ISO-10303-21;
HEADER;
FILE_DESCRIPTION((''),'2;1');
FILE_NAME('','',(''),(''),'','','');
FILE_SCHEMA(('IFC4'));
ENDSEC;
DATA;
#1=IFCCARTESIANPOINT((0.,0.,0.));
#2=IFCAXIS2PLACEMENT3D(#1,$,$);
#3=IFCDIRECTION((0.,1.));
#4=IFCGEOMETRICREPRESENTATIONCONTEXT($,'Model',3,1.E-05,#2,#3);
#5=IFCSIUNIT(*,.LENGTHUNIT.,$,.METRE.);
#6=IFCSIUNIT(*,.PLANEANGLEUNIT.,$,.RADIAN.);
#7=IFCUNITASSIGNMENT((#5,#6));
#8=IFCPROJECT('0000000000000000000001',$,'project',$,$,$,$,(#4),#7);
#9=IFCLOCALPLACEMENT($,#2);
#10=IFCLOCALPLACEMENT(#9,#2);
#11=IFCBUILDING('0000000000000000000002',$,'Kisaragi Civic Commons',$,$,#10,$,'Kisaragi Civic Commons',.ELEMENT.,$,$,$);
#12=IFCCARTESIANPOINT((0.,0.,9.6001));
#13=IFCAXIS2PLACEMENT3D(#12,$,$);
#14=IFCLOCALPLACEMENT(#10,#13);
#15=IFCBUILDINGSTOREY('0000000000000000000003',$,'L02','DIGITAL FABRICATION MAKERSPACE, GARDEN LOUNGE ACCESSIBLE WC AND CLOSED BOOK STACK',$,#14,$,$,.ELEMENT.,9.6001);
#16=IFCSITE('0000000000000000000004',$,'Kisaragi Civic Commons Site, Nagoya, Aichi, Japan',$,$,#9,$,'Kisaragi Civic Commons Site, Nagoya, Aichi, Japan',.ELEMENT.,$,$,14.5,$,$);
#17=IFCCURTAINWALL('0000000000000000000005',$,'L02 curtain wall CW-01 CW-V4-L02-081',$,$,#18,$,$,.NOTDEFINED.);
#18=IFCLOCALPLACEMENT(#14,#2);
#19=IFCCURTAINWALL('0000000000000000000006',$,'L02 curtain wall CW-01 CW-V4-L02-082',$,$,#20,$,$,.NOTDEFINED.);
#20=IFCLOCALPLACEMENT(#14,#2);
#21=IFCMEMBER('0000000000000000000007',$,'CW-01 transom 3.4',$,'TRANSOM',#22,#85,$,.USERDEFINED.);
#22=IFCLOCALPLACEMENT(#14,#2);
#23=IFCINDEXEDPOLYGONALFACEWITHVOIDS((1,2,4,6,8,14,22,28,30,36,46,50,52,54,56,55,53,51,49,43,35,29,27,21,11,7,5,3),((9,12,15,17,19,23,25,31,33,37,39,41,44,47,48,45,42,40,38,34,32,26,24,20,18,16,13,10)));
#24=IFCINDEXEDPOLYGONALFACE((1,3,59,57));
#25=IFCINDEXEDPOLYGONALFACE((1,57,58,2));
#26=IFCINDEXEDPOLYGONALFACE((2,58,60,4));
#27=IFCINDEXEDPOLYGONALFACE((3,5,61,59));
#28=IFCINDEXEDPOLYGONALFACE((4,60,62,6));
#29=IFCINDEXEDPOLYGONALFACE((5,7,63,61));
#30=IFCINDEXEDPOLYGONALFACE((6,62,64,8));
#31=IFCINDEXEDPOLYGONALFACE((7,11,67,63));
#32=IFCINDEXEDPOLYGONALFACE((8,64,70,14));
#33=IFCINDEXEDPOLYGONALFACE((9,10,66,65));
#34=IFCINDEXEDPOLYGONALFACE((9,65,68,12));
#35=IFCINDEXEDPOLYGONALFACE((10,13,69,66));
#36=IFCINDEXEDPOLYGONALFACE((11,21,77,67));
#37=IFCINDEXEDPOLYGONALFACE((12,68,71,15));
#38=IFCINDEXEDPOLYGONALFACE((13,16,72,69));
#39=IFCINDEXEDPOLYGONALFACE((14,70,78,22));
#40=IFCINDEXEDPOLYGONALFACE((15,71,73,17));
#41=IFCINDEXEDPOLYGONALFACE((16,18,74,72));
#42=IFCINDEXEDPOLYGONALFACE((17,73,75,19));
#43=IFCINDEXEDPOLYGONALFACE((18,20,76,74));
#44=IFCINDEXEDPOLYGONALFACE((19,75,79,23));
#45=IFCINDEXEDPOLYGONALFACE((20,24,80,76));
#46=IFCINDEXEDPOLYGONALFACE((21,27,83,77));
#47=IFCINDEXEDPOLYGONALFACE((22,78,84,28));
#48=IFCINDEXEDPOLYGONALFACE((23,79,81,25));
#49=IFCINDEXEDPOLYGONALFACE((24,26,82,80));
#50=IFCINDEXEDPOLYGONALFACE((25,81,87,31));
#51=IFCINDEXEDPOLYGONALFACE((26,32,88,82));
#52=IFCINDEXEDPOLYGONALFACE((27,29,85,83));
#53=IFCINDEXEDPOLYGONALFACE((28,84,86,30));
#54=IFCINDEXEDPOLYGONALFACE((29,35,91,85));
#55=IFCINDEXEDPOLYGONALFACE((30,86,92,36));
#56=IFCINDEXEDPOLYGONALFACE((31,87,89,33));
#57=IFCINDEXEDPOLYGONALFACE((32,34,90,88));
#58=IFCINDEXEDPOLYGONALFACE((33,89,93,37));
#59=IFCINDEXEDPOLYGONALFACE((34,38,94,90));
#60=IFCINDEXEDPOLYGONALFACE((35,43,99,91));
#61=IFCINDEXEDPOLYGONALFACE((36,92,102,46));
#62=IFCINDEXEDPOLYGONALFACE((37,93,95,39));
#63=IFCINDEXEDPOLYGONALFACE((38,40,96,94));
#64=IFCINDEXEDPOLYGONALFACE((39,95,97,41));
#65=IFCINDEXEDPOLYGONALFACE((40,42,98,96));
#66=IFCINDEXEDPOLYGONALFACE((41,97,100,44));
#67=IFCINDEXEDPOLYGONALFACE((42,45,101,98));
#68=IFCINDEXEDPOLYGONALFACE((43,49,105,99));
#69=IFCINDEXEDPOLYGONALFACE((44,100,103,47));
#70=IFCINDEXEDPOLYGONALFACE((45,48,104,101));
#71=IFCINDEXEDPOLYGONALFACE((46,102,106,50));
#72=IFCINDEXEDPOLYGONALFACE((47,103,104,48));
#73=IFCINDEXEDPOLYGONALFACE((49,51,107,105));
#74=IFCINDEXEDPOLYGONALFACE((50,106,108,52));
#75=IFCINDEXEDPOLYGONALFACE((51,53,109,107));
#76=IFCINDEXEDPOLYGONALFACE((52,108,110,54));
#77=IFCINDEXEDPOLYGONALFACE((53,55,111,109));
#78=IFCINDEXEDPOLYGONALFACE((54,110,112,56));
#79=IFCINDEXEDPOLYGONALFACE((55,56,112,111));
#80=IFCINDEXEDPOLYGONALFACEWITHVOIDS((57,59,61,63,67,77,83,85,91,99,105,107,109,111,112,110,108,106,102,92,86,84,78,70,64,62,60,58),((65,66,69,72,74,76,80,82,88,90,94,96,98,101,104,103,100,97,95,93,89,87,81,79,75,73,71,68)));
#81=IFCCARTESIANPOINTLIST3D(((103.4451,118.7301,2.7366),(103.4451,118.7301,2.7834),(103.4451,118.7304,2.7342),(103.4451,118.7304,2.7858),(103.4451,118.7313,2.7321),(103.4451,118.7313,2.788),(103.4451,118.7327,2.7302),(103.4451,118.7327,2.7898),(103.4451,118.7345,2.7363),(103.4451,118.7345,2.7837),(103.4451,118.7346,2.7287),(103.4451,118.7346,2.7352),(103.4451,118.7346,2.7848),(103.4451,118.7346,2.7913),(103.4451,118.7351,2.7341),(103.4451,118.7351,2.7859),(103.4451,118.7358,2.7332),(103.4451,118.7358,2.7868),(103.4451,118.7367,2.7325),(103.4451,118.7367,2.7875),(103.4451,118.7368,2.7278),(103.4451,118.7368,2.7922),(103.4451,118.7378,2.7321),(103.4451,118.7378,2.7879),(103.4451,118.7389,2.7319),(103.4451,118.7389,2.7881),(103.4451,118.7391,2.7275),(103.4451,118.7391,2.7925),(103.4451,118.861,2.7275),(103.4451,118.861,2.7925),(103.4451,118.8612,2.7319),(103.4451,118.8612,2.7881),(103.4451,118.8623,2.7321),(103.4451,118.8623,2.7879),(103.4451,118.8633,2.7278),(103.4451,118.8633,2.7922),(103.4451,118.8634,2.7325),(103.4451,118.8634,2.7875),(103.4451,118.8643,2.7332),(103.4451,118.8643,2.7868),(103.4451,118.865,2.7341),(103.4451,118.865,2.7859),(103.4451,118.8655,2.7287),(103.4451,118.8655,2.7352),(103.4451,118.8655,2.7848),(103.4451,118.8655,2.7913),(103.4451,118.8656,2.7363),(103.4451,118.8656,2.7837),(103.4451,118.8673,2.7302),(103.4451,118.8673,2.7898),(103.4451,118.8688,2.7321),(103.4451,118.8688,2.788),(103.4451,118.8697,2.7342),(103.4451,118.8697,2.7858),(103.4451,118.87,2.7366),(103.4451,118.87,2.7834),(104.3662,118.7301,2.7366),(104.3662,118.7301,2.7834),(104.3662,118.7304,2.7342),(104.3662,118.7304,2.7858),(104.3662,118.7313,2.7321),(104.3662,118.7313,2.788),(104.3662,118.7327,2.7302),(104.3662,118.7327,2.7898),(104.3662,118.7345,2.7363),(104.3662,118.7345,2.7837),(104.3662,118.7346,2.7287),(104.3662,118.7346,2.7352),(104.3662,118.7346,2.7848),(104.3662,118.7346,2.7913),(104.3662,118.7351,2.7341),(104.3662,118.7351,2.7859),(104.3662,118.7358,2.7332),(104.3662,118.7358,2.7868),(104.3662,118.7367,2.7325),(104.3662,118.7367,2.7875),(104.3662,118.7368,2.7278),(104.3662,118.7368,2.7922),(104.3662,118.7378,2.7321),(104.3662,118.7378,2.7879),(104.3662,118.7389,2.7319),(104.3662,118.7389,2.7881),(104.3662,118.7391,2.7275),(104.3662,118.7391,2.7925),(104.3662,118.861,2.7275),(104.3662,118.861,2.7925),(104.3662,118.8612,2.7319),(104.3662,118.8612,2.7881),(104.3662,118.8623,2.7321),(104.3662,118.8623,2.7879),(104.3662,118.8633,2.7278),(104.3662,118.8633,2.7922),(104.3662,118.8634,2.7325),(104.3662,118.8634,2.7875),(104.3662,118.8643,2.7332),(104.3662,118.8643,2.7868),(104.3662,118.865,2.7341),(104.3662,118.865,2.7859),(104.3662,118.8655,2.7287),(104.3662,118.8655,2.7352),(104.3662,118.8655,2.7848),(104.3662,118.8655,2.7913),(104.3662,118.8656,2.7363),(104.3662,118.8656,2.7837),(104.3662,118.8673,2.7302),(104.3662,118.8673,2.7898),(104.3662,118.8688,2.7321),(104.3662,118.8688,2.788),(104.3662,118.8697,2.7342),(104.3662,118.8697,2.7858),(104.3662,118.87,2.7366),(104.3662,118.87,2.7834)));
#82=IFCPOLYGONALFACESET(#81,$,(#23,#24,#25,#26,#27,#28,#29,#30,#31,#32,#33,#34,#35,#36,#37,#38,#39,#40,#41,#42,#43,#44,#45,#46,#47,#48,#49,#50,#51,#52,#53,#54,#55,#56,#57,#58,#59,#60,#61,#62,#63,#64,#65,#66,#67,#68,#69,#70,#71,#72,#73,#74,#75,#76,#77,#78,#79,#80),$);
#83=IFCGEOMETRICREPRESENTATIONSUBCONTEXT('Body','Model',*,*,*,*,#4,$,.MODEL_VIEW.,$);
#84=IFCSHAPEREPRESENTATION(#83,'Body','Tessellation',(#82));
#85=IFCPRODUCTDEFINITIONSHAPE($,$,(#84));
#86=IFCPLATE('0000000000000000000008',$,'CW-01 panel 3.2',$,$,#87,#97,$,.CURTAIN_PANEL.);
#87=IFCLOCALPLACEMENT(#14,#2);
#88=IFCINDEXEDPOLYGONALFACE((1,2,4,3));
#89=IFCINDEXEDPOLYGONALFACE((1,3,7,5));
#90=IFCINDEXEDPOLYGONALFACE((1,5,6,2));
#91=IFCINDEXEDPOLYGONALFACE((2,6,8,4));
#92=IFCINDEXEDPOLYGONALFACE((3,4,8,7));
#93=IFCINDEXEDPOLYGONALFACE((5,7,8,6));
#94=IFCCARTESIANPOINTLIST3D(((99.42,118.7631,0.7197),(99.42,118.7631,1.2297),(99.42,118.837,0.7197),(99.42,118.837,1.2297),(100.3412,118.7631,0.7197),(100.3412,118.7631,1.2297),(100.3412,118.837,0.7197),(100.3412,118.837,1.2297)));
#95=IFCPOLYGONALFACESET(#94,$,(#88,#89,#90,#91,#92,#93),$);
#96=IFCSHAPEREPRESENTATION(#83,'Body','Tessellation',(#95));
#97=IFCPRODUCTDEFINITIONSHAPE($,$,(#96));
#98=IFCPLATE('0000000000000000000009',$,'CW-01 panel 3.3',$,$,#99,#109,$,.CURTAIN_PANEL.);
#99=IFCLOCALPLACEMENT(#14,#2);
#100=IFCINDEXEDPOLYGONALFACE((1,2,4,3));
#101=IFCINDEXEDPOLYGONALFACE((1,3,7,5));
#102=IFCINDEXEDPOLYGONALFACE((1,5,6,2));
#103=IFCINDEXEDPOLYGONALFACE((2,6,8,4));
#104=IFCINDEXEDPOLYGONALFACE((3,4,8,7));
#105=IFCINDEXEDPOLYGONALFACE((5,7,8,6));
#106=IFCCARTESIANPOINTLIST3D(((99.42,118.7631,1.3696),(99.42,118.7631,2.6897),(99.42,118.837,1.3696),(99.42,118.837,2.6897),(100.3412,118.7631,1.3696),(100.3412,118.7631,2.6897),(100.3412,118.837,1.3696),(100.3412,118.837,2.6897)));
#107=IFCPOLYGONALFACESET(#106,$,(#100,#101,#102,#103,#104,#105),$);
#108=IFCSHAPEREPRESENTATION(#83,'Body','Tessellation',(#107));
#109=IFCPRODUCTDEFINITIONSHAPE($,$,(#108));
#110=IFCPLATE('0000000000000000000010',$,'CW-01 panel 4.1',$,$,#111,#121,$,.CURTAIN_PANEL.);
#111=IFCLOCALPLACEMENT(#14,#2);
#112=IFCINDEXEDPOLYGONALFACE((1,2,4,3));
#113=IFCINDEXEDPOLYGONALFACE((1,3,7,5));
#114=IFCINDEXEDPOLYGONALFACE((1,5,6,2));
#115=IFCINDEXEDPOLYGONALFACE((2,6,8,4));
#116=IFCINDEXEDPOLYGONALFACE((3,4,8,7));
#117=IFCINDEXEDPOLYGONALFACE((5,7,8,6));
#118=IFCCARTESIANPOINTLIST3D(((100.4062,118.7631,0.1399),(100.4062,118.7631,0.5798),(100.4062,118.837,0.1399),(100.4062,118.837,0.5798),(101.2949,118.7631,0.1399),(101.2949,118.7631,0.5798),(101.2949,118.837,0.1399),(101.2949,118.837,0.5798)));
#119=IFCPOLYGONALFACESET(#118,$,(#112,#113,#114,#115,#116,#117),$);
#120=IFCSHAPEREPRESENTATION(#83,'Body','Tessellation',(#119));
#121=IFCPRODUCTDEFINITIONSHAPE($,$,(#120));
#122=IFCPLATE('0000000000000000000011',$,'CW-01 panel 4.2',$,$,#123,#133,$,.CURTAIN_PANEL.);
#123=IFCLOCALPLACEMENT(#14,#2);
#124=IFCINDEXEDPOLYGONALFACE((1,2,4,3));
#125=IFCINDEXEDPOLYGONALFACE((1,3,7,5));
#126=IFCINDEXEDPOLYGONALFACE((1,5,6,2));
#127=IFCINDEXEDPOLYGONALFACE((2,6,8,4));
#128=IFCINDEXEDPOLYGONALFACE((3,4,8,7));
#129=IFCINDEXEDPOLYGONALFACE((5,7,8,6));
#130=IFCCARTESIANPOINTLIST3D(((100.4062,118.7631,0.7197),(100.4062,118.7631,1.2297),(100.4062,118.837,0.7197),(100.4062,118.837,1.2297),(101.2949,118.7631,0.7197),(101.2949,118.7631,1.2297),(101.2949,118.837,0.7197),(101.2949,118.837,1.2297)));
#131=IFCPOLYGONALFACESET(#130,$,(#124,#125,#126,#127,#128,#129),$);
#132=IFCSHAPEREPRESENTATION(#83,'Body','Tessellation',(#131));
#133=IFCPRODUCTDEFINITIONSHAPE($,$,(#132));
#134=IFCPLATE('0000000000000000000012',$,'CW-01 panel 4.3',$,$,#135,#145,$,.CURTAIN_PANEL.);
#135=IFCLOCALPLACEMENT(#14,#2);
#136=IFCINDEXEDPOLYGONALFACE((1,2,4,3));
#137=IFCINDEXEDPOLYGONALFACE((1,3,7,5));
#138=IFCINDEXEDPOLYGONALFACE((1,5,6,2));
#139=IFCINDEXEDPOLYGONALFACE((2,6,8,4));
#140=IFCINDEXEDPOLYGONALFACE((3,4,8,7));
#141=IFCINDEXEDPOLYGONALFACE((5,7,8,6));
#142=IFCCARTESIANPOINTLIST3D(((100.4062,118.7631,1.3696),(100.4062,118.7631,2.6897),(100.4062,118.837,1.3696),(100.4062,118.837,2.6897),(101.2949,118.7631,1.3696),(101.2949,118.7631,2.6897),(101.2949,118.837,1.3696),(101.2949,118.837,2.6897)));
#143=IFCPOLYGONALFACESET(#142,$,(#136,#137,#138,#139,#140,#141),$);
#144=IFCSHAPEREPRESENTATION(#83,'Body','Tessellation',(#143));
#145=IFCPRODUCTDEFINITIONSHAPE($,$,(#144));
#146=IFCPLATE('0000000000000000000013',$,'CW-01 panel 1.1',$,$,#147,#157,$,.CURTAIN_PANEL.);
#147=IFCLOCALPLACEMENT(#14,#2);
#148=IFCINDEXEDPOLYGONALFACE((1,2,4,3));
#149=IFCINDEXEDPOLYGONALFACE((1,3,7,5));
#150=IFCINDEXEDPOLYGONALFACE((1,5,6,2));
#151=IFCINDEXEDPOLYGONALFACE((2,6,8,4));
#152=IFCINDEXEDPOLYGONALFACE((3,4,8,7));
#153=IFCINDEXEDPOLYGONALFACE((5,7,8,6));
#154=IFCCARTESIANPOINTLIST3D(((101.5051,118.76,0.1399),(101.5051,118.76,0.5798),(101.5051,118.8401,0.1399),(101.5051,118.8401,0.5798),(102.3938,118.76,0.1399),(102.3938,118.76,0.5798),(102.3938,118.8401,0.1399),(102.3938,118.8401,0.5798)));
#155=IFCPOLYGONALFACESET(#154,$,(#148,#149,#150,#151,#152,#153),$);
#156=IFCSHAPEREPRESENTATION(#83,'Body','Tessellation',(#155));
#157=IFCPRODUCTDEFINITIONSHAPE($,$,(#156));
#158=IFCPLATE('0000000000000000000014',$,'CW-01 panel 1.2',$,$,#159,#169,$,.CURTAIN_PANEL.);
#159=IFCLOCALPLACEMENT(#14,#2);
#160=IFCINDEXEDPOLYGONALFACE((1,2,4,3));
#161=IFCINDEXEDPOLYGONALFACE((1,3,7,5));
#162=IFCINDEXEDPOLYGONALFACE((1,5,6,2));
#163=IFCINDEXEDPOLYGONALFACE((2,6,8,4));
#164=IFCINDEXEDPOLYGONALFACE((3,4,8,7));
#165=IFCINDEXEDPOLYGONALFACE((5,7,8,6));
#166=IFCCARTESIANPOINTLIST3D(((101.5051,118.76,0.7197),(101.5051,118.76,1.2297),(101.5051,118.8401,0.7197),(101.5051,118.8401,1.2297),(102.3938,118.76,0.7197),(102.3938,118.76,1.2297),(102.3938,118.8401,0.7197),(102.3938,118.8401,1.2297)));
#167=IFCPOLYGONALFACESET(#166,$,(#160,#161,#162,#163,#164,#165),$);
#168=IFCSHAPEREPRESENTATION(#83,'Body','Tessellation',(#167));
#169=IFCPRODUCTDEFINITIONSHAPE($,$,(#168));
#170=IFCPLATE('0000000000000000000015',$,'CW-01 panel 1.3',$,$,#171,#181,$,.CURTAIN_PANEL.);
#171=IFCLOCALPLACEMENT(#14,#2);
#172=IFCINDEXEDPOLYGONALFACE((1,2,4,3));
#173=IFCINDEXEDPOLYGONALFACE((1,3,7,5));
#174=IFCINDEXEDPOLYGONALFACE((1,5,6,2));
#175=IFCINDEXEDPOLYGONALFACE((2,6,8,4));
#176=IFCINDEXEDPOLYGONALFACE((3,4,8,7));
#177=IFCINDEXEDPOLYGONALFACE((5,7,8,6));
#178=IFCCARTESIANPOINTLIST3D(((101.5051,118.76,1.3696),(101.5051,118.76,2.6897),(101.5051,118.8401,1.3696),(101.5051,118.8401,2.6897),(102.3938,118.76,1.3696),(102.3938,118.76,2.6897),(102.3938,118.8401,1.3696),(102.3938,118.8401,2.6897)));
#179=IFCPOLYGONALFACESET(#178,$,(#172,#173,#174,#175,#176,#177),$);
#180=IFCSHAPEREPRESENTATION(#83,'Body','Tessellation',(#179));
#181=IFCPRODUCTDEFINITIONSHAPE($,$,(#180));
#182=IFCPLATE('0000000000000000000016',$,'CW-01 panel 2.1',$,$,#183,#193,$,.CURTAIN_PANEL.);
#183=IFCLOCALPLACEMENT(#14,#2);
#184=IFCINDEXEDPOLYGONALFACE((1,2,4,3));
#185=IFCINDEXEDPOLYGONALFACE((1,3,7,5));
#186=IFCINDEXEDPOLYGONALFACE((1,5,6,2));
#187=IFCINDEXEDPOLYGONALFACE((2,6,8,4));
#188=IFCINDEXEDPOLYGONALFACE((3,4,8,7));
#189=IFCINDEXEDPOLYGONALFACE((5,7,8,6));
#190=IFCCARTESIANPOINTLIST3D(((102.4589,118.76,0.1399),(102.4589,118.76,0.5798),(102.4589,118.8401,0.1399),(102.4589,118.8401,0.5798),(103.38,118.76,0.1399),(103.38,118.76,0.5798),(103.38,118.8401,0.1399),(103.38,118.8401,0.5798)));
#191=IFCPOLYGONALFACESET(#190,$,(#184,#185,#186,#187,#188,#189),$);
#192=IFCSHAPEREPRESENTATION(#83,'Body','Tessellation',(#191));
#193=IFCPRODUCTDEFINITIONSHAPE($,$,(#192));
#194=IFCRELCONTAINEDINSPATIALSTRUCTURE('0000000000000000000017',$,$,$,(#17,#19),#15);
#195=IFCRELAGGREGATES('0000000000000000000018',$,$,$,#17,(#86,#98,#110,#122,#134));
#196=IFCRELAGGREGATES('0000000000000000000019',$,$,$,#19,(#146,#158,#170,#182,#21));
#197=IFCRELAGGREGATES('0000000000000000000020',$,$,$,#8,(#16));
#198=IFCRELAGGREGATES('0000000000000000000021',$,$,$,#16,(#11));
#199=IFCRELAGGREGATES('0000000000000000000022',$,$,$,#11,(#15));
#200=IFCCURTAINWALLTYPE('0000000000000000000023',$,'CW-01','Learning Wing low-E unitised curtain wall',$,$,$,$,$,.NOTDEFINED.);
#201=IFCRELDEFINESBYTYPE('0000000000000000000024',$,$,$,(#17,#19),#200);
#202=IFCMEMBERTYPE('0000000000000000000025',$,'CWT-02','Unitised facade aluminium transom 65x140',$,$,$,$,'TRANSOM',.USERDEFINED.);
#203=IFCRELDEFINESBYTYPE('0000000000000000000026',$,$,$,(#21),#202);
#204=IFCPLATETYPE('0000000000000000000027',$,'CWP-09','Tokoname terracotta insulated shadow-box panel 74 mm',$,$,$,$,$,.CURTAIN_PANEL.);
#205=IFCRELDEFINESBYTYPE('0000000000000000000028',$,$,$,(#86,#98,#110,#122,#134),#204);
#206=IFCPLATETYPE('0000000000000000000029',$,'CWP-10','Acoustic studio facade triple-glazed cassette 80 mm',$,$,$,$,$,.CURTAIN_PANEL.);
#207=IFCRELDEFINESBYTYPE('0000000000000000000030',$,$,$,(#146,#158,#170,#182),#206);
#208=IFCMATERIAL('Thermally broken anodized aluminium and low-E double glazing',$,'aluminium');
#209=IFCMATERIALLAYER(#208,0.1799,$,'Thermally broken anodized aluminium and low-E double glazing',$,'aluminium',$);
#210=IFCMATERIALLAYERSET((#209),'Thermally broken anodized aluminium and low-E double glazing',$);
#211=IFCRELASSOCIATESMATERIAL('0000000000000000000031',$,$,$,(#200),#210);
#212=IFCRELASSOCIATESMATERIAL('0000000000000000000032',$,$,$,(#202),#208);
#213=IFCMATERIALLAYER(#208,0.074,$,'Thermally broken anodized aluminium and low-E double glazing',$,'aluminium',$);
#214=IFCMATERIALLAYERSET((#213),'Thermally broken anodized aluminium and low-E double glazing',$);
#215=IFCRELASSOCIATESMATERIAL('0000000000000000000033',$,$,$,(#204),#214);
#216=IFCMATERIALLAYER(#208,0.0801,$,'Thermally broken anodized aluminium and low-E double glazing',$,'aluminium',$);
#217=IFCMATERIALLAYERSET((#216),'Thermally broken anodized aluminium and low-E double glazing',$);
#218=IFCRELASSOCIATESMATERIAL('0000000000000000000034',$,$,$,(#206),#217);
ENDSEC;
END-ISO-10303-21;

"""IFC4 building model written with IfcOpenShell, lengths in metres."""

from ifc_helpers import new_model, si_unit, direction, frame, origin, origin_2d, place, context, subcontext, project, spatial, rectangle, hollow_rectangle, extrude, material, layer, layer_set, material_profile, profile_set, type_object, element, aggregate, save


model = new_model("IFC4")

# Units and contexts
model_context = context("Model", 3, precision=1e-05, world=origin(), true_north=direction((0.0, 1.0)))
body_context = subcontext(model_context, "Body", "Model", "MODEL_VIEW")
ifc_project = project(units=[si_unit("LENGTHUNIT", "METRE"), si_unit("PLANEANGLEUNIT", "RADIAN")], contexts=[model_context])

# Site, building, storey
site_placement = place(None, origin())
site = spatial("IfcSite", under=ifc_project, at=site_placement, Name="Kisaragi Civic Commons Site, Nagoya, Aichi, Japan", LongName="Kisaragi Civic Commons Site, Nagoya, Aichi, Japan", CompositionType="ELEMENT", RefElevation=14.5)
building_placement = place(site_placement, origin())
building = spatial("IfcBuilding", under=site, at=building_placement, Name="Kisaragi Civic Commons", LongName="Kisaragi Civic Commons", CompositionType="ELEMENT")
storey_placement = place(building_placement, frame((0.0, 0.0, 9.6001)))
storey = spatial("IfcBuildingStorey", under=building, at=storey_placement, Name="L02", Description="DIGITAL FABRICATION MAKERSPACE, GARDEN LOUNGE ACCESSIBLE WC AND CLOSED BOOK STACK", CompositionType="ELEMENT", Elevation=9.6001)

# Curtain walls
ifc_material = material(Name="Thermally broken anodized aluminium and low-E double glazing", Category="aluminium")
ifc_layer_1 = layer(ifc_material, 0.1799, Name="Thermally broken anodized aluminium and low-E double glazing", Category="aluminium")
ifc_layer_set_1 = layer_set([ifc_layer_1], Name="Thermally broken anodized aluminium and low-E double glazing")
curtain_wall_type = type_object("IfcCurtainWallType", Name="CW-01", Description="Learning Wing low-E unitised curtain wall", PredefinedType="NOTDEFINED", material=ifc_layer_set_1)
curtain_wall_1_placement = place(storey_placement, origin())
curtain_wall_1 = element("IfcCurtainWall", 1, at=curtain_wall_1_placement, inside=storey, type_object=curtain_wall_type, Name="L02 curtain wall CW-01 CW-V4-L02-081", PredefinedType="NOTDEFINED")
curtain_wall_2_placement = place(storey_placement, origin())
curtain_wall_2 = element("IfcCurtainWall", 2, at=curtain_wall_2_placement, inside=storey, type_object=curtain_wall_type, Name="L02 curtain wall CW-01 CW-V4-L02-082", PredefinedType="NOTDEFINED")

# Member
ifc_material_profile_1 = material_profile(ifc_material, hollow_rectangle(XDim=0.1399, YDim=0.0649, WallThickness=0.0044, InnerFilletRadius=0.0044, OuterFilletRadius=0.009, at=origin_2d()), Name="CWT-65x140x4.5", Category="aluminium")
ifc_profile_set_1 = profile_set([ifc_material_profile_1], Name="Thermally broken anodized aluminium and low-E double glazing")
member_type_1 = type_object("IfcMemberType", Name="CWT-02", Description="Unitised facade aluminium transom 65x140", ElementType="TRANSOM", PredefinedType="USERDEFINED", material=ifc_profile_set_1)
member_1_placement = place(storey_placement, frame((103.4451, 118.8, 2.76), z_axis=(1.0, 0.0, 0.0), x_axis=(0.0, 1.0, 0.0)))
member_1 = element("IfcMember", 3, at=member_1_placement, type_object=member_type_1, Name="CW-01 transom 3.4", ObjectType="TRANSOM", PredefinedType="USERDEFINED", context=body_context, shape_type="SweptSolid", body=[
    extrude(hollow_rectangle(XDim=0.1399, YDim=0.0649, WallThickness=0.0044, InnerFilletRadius=0.0044, OuterFilletRadius=0.009, at=origin_2d()), origin(), (0.0, 0.0, 1.0), 0.9211),
])

# Plates
ifc_layer_2 = layer(ifc_material, 0.074, Name="Thermally broken anodized aluminium and low-E double glazing", Category="aluminium")
ifc_layer_set_2 = layer_set([ifc_layer_2], Name="Thermally broken anodized aluminium and low-E double glazing")
plate_type_1 = type_object("IfcPlateType", Name="CWP-09", Description="Tokoname terracotta insulated shadow-box panel 74 mm", PredefinedType="CURTAIN_PANEL", material=ifc_layer_set_2)
plate_1_placement = place(storey_placement, frame((99.8806, 118.8, 0.7197), z_axis=(0.0, 0.0, 1.0), x_axis=(1.0, 0.0, 0.0)))
plate_1 = element("IfcPlate", 4, at=plate_1_placement, type_object=plate_type_1, Name="CW-01 panel 3.2", PredefinedType="CURTAIN_PANEL", context=body_context, shape_type="SweptSolid", body=[
    extrude(rectangle(XDim=0.9211, YDim=0.074, at=origin_2d()), origin(), (0.0, 0.0, 1.0), 0.51),
])
plate_2_placement = place(storey_placement, frame((99.8806, 118.8, 1.3696), z_axis=(0.0, 0.0, 1.0), x_axis=(1.0, 0.0, 0.0)))
plate_2 = element("IfcPlate", 5, at=plate_2_placement, type_object=plate_type_1, Name="CW-01 panel 3.3", PredefinedType="CURTAIN_PANEL", context=body_context, shape_type="SweptSolid", body=[
    extrude(rectangle(XDim=0.9211, YDim=0.074, at=origin_2d()), origin(), (0.0, 0.0, 1.0), 1.3201),
])
plate_3_placement = place(storey_placement, frame((100.8506, 118.8, 0.1399), z_axis=(0.0, 0.0, 1.0), x_axis=(1.0, 0.0, 0.0)))
plate_3 = element("IfcPlate", 6, at=plate_3_placement, type_object=plate_type_1, Name="CW-01 panel 4.1", PredefinedType="CURTAIN_PANEL", context=body_context, shape_type="SweptSolid", body=[
    extrude(rectangle(XDim=0.8887, YDim=0.074, at=origin_2d()), origin(), (0.0, 0.0, 1.0), 0.4399),
])
plate_4_placement = place(storey_placement, frame((100.8506, 118.8, 0.7197), z_axis=(0.0, 0.0, 1.0), x_axis=(1.0, 0.0, 0.0)))
plate_4 = element("IfcPlate", 7, at=plate_4_placement, type_object=plate_type_1, Name="CW-01 panel 4.2", PredefinedType="CURTAIN_PANEL", context=body_context, shape_type="SweptSolid", body=[
    extrude(rectangle(XDim=0.8887, YDim=0.074, at=origin_2d()), origin(), (0.0, 0.0, 1.0), 0.51),
])
plate_5_placement = place(storey_placement, frame((100.8506, 118.8, 1.3696), z_axis=(0.0, 0.0, 1.0), x_axis=(1.0, 0.0, 0.0)))
plate_5 = element("IfcPlate", 8, at=plate_5_placement, type_object=plate_type_1, Name="CW-01 panel 4.3", PredefinedType="CURTAIN_PANEL", context=body_context, shape_type="SweptSolid", body=[
    extrude(rectangle(XDim=0.8887, YDim=0.074, at=origin_2d()), origin(), (0.0, 0.0, 1.0), 1.3201),
])
aggregate(curtain_wall_1, [plate_1, plate_2, plate_3, plate_4, plate_5])
ifc_layer_3 = layer(ifc_material, 0.0801, Name="Thermally broken anodized aluminium and low-E double glazing", Category="aluminium")
ifc_layer_set_3 = layer_set([ifc_layer_3], Name="Thermally broken anodized aluminium and low-E double glazing")
plate_type_2 = type_object("IfcPlateType", Name="CWP-10", Description="Acoustic studio facade triple-glazed cassette 80 mm", PredefinedType="CURTAIN_PANEL", material=ifc_layer_set_3)
plate_6_placement = place(storey_placement, frame((101.9495, 118.8, 0.1399), z_axis=(0.0, 0.0, 1.0), x_axis=(1.0, 0.0, 0.0)))
plate_6 = element("IfcPlate", 9, at=plate_6_placement, type_object=plate_type_2, Name="CW-01 panel 1.1", PredefinedType="CURTAIN_PANEL", context=body_context, shape_type="SweptSolid", body=[
    extrude(rectangle(XDim=0.8887, YDim=0.0801, at=origin_2d()), origin(), (0.0, 0.0, 1.0), 0.4399),
])
plate_7_placement = place(storey_placement, frame((101.9495, 118.8, 0.7197), z_axis=(0.0, 0.0, 1.0), x_axis=(1.0, 0.0, 0.0)))
plate_7 = element("IfcPlate", 10, at=plate_7_placement, type_object=plate_type_2, Name="CW-01 panel 1.2", PredefinedType="CURTAIN_PANEL", context=body_context, shape_type="SweptSolid", body=[
    extrude(rectangle(XDim=0.8887, YDim=0.0801, at=origin_2d()), origin(), (0.0, 0.0, 1.0), 0.51),
])
plate_8_placement = place(storey_placement, frame((101.9495, 118.8, 1.3696), z_axis=(0.0, 0.0, 1.0), x_axis=(1.0, 0.0, 0.0)))
plate_8 = element("IfcPlate", 11, at=plate_8_placement, type_object=plate_type_2, Name="CW-01 panel 1.3", PredefinedType="CURTAIN_PANEL", context=body_context, shape_type="SweptSolid", body=[
    extrude(rectangle(XDim=0.8887, YDim=0.0801, at=origin_2d()), origin(), (0.0, 0.0, 1.0), 1.3201),
])
plate_9_placement = place(storey_placement, frame((102.9194, 118.8, 0.1399), z_axis=(0.0, 0.0, 1.0), x_axis=(1.0, 0.0, 0.0)))
plate_9 = element("IfcPlate", 12, at=plate_9_placement, type_object=plate_type_2, Name="CW-01 panel 2.1", PredefinedType="CURTAIN_PANEL", context=body_context, shape_type="SweptSolid", body=[
    extrude(rectangle(XDim=0.9211, YDim=0.0801, at=origin_2d()), origin(), (0.0, 0.0, 1.0), 0.4399),
])
aggregate(curtain_wall_2, [plate_6, plate_7, plate_8, plate_9, member_1])

save(model, "model.ifc")
